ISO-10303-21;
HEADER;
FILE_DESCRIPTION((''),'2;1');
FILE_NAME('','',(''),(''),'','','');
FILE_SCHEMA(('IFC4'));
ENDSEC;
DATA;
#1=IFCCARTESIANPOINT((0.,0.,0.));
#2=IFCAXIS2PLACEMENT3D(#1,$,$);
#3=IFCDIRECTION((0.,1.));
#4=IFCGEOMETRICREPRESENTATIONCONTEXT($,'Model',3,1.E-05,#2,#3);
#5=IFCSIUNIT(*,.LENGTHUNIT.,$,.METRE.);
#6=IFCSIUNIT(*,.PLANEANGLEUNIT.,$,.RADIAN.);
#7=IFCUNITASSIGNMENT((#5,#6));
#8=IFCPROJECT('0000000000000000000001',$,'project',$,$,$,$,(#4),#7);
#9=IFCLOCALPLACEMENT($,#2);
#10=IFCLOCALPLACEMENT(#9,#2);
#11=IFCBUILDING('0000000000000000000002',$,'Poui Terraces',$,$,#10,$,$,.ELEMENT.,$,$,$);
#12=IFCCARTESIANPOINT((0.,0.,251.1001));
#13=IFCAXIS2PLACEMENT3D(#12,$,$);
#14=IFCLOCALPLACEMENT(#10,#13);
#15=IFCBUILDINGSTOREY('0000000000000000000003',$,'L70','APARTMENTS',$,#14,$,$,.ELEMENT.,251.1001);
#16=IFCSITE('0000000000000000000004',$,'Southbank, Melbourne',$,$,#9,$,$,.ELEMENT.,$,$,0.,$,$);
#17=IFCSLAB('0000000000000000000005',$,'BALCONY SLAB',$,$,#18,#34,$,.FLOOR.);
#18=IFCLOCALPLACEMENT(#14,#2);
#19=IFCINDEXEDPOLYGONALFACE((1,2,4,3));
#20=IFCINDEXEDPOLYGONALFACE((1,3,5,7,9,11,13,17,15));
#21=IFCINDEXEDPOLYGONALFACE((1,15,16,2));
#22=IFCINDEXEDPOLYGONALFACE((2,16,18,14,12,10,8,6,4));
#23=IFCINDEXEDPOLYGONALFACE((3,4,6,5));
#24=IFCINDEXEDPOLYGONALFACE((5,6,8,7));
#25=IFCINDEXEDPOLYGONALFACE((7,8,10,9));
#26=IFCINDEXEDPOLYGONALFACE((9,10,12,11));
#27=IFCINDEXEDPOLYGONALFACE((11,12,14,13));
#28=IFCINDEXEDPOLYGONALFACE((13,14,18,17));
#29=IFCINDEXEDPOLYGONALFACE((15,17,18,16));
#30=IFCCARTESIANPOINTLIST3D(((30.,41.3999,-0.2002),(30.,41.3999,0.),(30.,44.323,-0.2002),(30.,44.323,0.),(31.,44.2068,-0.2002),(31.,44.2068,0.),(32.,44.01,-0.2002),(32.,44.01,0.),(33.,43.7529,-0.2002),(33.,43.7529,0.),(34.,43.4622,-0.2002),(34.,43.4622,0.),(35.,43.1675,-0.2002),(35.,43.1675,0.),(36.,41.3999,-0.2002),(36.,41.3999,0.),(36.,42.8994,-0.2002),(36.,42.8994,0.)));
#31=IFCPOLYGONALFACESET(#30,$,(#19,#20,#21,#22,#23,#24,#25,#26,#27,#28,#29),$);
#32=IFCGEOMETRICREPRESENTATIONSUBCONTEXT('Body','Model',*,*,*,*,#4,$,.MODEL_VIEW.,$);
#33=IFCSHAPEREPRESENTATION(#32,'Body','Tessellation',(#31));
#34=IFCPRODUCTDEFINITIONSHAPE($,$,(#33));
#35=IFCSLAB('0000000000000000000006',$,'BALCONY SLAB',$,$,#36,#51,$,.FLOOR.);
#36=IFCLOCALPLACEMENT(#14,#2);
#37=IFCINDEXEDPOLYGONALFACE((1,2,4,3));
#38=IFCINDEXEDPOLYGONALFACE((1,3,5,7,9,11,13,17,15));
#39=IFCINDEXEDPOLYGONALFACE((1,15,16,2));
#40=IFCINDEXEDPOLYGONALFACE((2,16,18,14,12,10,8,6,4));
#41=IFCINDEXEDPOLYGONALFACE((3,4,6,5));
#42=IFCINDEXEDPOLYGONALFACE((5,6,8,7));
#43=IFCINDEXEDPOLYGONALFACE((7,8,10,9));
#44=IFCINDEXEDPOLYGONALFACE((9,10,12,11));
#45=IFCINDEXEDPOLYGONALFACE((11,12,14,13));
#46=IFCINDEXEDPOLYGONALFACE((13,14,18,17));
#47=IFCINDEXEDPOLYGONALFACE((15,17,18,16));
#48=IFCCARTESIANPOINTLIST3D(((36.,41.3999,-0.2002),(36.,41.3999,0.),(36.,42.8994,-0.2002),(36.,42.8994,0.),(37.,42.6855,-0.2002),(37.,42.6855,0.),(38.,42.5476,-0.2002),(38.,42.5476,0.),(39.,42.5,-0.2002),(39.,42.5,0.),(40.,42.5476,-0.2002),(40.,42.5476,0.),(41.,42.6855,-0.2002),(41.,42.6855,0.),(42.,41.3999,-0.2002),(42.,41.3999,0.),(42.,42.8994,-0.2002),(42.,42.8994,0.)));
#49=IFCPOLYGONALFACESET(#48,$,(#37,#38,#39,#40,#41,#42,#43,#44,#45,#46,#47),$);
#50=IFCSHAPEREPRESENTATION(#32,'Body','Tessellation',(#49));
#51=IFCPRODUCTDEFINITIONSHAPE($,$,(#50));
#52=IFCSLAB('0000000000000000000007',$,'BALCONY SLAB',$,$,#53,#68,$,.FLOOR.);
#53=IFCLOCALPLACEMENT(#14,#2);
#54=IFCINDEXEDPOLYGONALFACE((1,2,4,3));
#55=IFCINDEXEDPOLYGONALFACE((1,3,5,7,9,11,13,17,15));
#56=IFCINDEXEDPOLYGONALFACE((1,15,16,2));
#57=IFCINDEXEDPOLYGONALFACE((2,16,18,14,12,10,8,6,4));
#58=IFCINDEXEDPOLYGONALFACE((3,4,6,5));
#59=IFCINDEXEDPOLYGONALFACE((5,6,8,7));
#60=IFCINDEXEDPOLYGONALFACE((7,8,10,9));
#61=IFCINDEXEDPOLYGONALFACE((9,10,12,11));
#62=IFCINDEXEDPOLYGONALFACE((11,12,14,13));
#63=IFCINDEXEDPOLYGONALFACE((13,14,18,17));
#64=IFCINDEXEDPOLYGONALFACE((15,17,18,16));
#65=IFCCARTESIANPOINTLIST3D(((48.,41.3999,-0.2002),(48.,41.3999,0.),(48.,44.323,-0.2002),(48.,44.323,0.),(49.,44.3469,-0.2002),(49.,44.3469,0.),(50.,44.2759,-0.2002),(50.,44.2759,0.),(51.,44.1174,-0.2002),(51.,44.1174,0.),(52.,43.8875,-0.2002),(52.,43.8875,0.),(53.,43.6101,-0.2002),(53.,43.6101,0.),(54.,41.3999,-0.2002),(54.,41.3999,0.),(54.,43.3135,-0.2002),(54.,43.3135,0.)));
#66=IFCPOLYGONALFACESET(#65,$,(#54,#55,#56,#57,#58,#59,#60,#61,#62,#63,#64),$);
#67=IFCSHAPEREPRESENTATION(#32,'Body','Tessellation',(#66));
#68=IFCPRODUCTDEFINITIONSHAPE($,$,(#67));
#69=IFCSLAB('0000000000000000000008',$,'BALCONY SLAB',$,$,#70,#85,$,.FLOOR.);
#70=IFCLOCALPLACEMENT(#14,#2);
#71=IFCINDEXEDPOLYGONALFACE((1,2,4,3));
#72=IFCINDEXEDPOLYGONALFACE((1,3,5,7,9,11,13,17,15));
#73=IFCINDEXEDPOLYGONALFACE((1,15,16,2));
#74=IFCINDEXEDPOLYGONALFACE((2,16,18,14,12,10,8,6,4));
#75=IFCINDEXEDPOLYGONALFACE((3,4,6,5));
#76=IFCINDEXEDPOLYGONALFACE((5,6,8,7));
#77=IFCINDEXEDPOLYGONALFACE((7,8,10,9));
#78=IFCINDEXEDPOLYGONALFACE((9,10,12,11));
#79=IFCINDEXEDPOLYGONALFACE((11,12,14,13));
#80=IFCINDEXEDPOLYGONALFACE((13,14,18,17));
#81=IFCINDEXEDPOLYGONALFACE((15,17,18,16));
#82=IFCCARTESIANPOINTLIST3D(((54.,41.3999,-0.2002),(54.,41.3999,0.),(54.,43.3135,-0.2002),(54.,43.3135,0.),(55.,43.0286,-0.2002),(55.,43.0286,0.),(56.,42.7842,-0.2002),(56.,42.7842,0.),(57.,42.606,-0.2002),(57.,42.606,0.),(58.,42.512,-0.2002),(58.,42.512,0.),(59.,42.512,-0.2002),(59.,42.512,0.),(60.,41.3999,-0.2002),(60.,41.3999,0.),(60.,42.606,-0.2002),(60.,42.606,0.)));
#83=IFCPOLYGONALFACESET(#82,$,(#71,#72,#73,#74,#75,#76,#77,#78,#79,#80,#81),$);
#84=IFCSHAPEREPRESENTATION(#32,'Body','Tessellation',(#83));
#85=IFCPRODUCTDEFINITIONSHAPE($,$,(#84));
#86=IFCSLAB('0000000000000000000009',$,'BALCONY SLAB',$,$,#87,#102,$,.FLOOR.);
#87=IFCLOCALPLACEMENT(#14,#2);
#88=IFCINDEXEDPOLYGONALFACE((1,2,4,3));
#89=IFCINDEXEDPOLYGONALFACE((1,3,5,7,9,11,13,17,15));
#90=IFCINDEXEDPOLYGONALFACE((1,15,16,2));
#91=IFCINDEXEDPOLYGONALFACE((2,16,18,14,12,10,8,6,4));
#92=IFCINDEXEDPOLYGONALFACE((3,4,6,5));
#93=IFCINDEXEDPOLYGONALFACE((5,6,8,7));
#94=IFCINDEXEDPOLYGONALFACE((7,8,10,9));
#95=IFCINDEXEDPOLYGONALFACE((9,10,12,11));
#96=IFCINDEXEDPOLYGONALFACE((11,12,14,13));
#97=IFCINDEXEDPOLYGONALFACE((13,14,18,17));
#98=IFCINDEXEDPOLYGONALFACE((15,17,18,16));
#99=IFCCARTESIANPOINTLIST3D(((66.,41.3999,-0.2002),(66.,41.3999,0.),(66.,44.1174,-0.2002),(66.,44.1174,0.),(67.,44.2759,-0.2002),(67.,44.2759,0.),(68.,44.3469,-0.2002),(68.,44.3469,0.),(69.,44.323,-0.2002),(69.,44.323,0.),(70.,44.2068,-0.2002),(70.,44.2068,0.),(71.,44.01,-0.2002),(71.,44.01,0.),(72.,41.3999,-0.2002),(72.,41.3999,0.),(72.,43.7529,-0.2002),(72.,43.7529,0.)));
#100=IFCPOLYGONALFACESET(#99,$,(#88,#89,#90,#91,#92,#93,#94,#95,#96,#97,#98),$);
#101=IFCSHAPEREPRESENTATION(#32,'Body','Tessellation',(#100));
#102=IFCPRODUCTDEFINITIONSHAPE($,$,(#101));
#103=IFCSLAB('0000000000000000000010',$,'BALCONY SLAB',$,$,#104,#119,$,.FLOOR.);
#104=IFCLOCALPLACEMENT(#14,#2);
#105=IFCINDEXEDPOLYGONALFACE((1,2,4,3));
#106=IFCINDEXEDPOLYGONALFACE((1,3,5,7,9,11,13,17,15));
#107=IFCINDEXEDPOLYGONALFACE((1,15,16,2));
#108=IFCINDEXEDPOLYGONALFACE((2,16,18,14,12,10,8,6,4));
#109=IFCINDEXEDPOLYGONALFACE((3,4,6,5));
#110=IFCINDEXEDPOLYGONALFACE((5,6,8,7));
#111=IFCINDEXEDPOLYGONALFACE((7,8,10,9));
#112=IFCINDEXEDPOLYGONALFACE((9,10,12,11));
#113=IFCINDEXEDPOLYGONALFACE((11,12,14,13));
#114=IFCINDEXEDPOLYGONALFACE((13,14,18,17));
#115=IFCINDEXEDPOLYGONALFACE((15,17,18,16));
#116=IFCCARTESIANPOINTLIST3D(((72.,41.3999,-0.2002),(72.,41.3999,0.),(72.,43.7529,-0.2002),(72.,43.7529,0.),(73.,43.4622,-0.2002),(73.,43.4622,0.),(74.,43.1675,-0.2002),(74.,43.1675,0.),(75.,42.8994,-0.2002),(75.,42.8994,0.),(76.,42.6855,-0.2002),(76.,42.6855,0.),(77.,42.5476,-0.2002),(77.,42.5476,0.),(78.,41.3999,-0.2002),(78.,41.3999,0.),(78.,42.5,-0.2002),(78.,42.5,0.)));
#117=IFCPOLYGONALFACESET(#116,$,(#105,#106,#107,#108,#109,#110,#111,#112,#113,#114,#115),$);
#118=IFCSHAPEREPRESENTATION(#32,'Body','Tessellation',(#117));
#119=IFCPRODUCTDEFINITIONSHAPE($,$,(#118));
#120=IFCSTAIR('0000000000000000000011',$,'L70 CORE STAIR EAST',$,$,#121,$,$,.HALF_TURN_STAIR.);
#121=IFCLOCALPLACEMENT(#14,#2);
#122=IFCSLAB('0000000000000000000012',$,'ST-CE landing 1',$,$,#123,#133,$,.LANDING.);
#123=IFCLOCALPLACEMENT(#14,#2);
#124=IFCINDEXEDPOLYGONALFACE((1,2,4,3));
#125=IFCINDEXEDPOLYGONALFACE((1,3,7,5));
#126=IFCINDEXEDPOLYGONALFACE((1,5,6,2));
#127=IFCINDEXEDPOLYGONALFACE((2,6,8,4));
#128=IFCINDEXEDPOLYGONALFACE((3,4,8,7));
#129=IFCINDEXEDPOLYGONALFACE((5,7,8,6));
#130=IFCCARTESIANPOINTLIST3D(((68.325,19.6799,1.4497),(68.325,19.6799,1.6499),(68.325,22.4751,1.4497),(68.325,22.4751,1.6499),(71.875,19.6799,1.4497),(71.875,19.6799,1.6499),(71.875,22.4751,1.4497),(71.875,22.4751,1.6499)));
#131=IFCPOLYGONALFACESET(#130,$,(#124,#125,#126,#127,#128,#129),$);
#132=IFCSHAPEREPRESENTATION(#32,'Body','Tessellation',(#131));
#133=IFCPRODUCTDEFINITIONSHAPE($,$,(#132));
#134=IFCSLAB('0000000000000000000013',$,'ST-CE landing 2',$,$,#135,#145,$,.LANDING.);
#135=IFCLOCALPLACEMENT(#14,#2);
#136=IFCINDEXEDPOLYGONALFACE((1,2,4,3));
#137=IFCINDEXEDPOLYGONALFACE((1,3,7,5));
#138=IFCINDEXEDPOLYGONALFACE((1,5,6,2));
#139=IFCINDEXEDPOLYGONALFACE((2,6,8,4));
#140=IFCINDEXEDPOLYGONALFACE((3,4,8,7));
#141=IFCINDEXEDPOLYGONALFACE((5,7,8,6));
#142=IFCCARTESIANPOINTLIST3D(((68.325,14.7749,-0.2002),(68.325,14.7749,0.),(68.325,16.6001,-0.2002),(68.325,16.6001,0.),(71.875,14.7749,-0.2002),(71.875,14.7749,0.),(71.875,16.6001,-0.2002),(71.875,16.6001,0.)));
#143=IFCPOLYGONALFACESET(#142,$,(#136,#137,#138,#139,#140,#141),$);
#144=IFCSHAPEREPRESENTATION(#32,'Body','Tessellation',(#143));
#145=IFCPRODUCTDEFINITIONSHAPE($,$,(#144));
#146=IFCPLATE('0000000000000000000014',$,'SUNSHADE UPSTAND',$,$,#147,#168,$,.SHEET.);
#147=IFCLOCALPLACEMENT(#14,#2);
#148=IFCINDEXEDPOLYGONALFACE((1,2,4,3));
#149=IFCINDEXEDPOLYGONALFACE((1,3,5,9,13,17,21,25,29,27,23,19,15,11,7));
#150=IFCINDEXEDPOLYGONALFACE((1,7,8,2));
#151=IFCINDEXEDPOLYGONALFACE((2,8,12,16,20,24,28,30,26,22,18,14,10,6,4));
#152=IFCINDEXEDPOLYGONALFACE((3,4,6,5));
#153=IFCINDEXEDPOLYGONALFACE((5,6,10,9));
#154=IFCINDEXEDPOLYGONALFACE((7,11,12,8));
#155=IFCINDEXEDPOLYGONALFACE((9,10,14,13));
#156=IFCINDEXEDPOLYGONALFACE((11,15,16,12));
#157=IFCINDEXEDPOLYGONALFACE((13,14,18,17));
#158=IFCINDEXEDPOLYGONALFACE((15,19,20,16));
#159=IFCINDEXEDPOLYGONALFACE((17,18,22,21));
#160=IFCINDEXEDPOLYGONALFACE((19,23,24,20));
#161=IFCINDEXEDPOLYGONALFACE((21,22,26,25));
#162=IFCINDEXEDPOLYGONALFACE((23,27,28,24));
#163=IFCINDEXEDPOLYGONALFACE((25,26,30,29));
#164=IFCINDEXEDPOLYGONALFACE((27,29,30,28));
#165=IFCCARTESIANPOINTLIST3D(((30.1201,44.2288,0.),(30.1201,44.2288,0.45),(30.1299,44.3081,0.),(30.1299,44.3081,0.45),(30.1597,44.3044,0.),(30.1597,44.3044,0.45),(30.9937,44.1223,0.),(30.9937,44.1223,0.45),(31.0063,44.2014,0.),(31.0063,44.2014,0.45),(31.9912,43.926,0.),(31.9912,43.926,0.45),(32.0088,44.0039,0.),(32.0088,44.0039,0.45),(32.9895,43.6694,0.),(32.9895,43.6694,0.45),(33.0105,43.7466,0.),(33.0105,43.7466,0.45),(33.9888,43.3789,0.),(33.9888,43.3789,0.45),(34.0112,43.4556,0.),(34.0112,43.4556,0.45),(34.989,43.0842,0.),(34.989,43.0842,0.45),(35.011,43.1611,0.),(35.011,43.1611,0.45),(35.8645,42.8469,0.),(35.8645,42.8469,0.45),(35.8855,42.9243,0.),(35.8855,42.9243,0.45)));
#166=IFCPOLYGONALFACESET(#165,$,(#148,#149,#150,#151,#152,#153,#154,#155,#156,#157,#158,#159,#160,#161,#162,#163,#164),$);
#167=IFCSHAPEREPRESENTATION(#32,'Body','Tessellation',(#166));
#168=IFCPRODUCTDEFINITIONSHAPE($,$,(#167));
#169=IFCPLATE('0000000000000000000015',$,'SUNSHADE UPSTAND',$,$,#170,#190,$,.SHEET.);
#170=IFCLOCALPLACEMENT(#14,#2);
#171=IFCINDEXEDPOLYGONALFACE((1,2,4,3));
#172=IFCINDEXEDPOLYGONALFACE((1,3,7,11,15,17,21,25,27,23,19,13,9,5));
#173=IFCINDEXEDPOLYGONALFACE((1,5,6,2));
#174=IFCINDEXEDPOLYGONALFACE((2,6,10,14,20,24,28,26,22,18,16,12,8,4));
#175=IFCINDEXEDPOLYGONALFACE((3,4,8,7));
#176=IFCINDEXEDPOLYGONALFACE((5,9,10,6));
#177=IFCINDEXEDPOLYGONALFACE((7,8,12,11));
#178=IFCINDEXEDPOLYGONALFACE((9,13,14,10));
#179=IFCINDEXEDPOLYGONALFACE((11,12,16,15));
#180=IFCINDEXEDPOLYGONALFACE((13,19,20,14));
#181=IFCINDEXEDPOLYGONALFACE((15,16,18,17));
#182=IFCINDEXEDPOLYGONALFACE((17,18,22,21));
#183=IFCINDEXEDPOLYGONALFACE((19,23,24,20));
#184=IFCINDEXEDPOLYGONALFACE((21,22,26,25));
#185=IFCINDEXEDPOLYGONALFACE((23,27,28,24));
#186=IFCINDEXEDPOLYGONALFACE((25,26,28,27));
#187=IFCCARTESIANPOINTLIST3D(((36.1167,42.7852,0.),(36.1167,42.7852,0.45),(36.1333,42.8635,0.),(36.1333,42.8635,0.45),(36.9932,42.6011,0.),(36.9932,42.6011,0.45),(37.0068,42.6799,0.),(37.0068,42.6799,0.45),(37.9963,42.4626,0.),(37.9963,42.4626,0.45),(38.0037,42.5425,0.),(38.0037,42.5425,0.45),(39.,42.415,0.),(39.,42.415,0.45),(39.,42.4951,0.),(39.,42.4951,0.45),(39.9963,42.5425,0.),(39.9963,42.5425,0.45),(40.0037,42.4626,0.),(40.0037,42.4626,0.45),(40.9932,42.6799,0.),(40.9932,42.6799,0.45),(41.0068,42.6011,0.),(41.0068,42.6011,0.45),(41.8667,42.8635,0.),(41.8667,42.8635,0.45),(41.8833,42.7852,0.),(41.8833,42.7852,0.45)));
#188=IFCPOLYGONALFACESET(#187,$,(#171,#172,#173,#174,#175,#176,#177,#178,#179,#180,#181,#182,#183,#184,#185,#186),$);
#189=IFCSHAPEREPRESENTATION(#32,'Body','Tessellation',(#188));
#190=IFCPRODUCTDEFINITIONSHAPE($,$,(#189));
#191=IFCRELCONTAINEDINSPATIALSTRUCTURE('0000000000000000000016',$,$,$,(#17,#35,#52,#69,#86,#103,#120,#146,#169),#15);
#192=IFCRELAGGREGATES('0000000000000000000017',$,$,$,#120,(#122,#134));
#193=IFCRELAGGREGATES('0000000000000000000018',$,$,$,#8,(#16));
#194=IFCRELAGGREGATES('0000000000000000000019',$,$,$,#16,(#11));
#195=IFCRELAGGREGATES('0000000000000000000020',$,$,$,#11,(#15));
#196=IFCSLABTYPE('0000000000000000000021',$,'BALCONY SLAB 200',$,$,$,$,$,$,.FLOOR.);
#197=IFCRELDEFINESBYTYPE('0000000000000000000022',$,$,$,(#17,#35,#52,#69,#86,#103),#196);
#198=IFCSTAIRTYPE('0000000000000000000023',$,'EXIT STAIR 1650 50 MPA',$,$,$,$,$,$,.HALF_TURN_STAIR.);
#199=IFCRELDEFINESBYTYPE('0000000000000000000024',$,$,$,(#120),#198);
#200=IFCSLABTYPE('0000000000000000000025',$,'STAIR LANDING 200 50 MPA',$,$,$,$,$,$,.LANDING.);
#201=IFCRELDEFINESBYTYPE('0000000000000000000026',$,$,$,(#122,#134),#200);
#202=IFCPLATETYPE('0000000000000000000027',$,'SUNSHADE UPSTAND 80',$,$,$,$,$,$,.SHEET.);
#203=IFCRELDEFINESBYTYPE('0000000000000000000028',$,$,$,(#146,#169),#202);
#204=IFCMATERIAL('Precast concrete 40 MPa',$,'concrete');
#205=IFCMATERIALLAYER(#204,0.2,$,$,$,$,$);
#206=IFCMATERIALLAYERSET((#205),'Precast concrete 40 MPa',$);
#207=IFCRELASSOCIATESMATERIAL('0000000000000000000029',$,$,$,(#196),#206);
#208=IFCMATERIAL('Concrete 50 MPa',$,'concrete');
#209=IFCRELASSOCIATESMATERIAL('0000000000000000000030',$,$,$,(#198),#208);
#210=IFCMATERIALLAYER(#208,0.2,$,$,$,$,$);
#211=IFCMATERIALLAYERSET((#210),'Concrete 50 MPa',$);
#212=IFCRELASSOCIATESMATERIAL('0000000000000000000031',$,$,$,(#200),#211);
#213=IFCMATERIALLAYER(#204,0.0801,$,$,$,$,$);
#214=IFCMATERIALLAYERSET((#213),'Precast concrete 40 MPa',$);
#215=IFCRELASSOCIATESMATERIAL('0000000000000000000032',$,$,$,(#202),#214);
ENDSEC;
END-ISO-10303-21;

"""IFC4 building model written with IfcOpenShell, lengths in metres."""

from ifc_helpers import new_model, si_unit, direction, frame, origin, place, context, subcontext, project, spatial, polyline, outline, extrude, material, layer, layer_set, type_object, element, aggregate, save


model = new_model("IFC4")

# Units and contexts
model_context = context("Model", 3, precision=1e-05, world=origin(), true_north=direction((0.0, 1.0)))
body_context = subcontext(model_context, "Body", "Model", "MODEL_VIEW")
ifc_project = project(units=[si_unit("LENGTHUNIT", "METRE"), si_unit("PLANEANGLEUNIT", "RADIAN")], contexts=[model_context])

# Site, building, storey
site_placement = place(None, origin())
site = spatial("IfcSite", under=ifc_project, at=site_placement, Name="Southbank, Melbourne", CompositionType="ELEMENT", RefElevation=0.0)
building_placement = place(site_placement, origin())
building = spatial("IfcBuilding", under=site, at=building_placement, Name="Poui Terraces", CompositionType="ELEMENT")
storey_placement = place(building_placement, frame((0.0, 0.0, 251.1001)))
storey = spatial("IfcBuildingStorey", under=building, at=storey_placement, Name="L70", Description="APARTMENTS", CompositionType="ELEMENT", Elevation=251.1001)

# Slabs
ifc_material_1 = material(Name="Precast concrete 40 MPa", Category="concrete")
ifc_layer_1 = layer(ifc_material_1, 0.2)
ifc_layer_set_1 = layer_set([ifc_layer_1], Name="Precast concrete 40 MPa")
slab_type_1 = type_object("IfcSlabType", Name="BALCONY SLAB 200", PredefinedType="FLOOR", material=ifc_layer_set_1)
slab_1_placement = place(storey_placement, frame((0.0, 0.0, -0.2002)))
element("IfcSlab", 1, at=slab_1_placement, inside=storey, type_object=slab_type_1, Name="BALCONY SLAB", PredefinedType="FLOOR", context=body_context, shape_type="SweptSolid", body=[
    extrude(outline(polyline([(30.0, 41.3999), (36.0, 41.3999), (36.0, 42.8994), (35.0, 43.1675), (34.0, 43.4622), (33.0, 43.7529), (32.0, 44.01), (31.0, 44.2068), (30.0, 44.323), (30.0, 41.3999)])), origin(), (0.0, 0.0, 1.0), 0.2002),
])
slab_2_placement = place(storey_placement, frame((0.0, 0.0, -0.2002)))
element("IfcSlab", 2, at=slab_2_placement, inside=storey, type_object=slab_type_1, Name="BALCONY SLAB", PredefinedType="FLOOR", context=body_context, shape_type="SweptSolid", body=[
    extrude(outline(polyline([(36.0, 41.3999), (42.0, 41.3999), (42.0, 42.8994), (41.0, 42.6855), (40.0, 42.5476), (39.0, 42.5), (38.0, 42.5476), (37.0, 42.6855), (36.0, 42.8994), (36.0, 41.3999)])), origin(), (0.0, 0.0, 1.0), 0.2002),
])
slab_3_placement = place(storey_placement, frame((0.0, 0.0, -0.2002)))
element("IfcSlab", 3, at=slab_3_placement, inside=storey, type_object=slab_type_1, Name="BALCONY SLAB", PredefinedType="FLOOR", context=body_context, shape_type="SweptSolid", body=[
    extrude(outline(polyline([(48.0, 41.3999), (54.0, 41.3999), (54.0, 43.3135), (53.0, 43.6101), (52.0, 43.8875), (51.0, 44.1174), (50.0, 44.2759), (49.0, 44.3469), (48.0, 44.323), (48.0, 41.3999)])), origin(), (0.0, 0.0, 1.0), 0.2002),
])
slab_4_placement = place(storey_placement, frame((0.0, 0.0, -0.2002)))
element("IfcSlab", 4, at=slab_4_placement, inside=storey, type_object=slab_type_1, Name="BALCONY SLAB", PredefinedType="FLOOR", context=body_context, shape_type="SweptSolid", body=[
    extrude(outline(polyline([(54.0, 41.3999), (60.0, 41.3999), (60.0, 42.606), (59.0, 42.512), (58.0, 42.512), (57.0, 42.606), (56.0, 42.7842), (55.0, 43.0286), (54.0, 43.3135), (54.0, 41.3999)])), origin(), (0.0, 0.0, 1.0), 0.2002),
])
slab_5_placement = place(storey_placement, frame((0.0, 0.0, -0.2002)))
element("IfcSlab", 5, at=slab_5_placement, inside=storey, type_object=slab_type_1, Name="BALCONY SLAB", PredefinedType="FLOOR", context=body_context, shape_type="SweptSolid", body=[
    extrude(outline(polyline([(66.0, 41.3999), (72.0, 41.3999), (72.0, 43.7529), (71.0, 44.01), (70.0, 44.2068), (69.0, 44.323), (68.0, 44.3469), (67.0, 44.2759), (66.0, 44.1174), (66.0, 41.3999)])), origin(), (0.0, 0.0, 1.0), 0.2002),
])
slab_6_placement = place(storey_placement, frame((0.0, 0.0, -0.2002)))
element("IfcSlab", 6, at=slab_6_placement, inside=storey, type_object=slab_type_1, Name="BALCONY SLAB", PredefinedType="FLOOR", context=body_context, shape_type="SweptSolid", body=[
    extrude(outline(polyline([(72.0, 41.3999), (78.0, 41.3999), (78.0, 42.5), (77.0, 42.5476), (76.0, 42.6855), (75.0, 42.8994), (74.0, 43.1675), (73.0, 43.4622), (72.0, 43.7529), (72.0, 41.3999)])), origin(), (0.0, 0.0, 1.0), 0.2002),
])

# Stair, slabs
ifc_material_2 = material(Name="Concrete 50 MPa", Category="concrete")
stair_type = type_object("IfcStairType", Name="EXIT STAIR 1650 50 MPA", PredefinedType="HALF_TURN_STAIR", material=ifc_material_2)
stair_placement = place(storey_placement, origin())
stair = element("IfcStair", 7, at=stair_placement, inside=storey, type_object=stair_type, Name="L70 CORE STAIR EAST", PredefinedType="HALF_TURN_STAIR")
ifc_layer_2 = layer(ifc_material_2, 0.2)
ifc_layer_set_2 = layer_set([ifc_layer_2], Name="Concrete 50 MPa")
slab_type_2 = type_object("IfcSlabType", Name="STAIR LANDING 200 50 MPA", PredefinedType="LANDING", material=ifc_layer_set_2)
slab_7_placement = place(storey_placement, frame((0.0, 0.0, 1.4497)))
slab_7 = element("IfcSlab", 8, at=slab_7_placement, type_object=slab_type_2, Name="ST-CE landing 1", PredefinedType="LANDING", context=body_context, shape_type="SweptSolid", body=[
    extrude(outline(polyline([(68.325, 19.6799), (71.875, 19.6799), (71.875, 22.4751), (68.325, 22.4751), (68.325, 19.6799)])), origin(), (0.0, 0.0, 1.0), 0.2002),
])
slab_8_placement = place(storey_placement, frame((0.0, 0.0, -0.2002)))
slab_8 = element("IfcSlab", 9, at=slab_8_placement, type_object=slab_type_2, Name="ST-CE landing 2", PredefinedType="LANDING", context=body_context, shape_type="SweptSolid", body=[
    extrude(outline(polyline([(68.325, 14.7749), (71.875, 14.7749), (71.875, 16.6001), (68.325, 16.6001), (68.325, 14.7749)])), origin(), (0.0, 0.0, 1.0), 0.2002),
])
aggregate(stair, [slab_7, slab_8])

# Plates
ifc_layer_3 = layer(ifc_material_1, 0.0801)
ifc_layer_set_3 = layer_set([ifc_layer_3], Name="Precast concrete 40 MPa")
plate_type = type_object("IfcPlateType", Name="SUNSHADE UPSTAND 80", PredefinedType="SHEET", material=ifc_layer_set_3)
plate_1_placement = place(storey_placement, origin())
element("IfcPlate", 10, at=plate_1_placement, inside=storey, type_object=plate_type, Name="SUNSHADE UPSTAND", PredefinedType="SHEET", context=body_context, shape_type="SweptSolid", body=[
    extrude(outline(polyline([(31.0063, 44.2014), (30.1597, 44.3044), (30.1299, 44.3081), (30.1201, 44.2288), (30.9937, 44.1223), (31.9912, 43.926), (32.9895, 43.6694), (33.9888, 43.3789), (34.989, 43.0842), (35.8645, 42.8469), (35.8855, 42.9243), (35.011, 43.1611), (34.0112, 43.4556), (33.0105, 43.7466), (32.0088, 44.0039), (31.0063, 44.2014)])), origin(), (0.0, 0.0, 1.0), 0.45),
])
plate_2_placement = place(storey_placement, origin())
element("IfcPlate", 11, at=plate_2_placement, inside=storey, type_object=plate_type, Name="SUNSHADE UPSTAND", PredefinedType="SHEET", context=body_context, shape_type="SweptSolid", body=[
    extrude(outline(polyline([(37.0068, 42.6799), (36.1333, 42.8635), (36.1167, 42.7852), (36.9932, 42.6011), (37.9963, 42.4626), (39.0, 42.415), (40.0037, 42.4626), (41.0068, 42.6011), (41.8833, 42.7852), (41.8667, 42.8635), (40.9932, 42.6799), (39.9963, 42.5425), (39.0, 42.4951), (38.0037, 42.5425), (37.0068, 42.6799)])), origin(), (0.0, 0.0, 1.0), 0.45),
])

save(model, "model.ifc")
